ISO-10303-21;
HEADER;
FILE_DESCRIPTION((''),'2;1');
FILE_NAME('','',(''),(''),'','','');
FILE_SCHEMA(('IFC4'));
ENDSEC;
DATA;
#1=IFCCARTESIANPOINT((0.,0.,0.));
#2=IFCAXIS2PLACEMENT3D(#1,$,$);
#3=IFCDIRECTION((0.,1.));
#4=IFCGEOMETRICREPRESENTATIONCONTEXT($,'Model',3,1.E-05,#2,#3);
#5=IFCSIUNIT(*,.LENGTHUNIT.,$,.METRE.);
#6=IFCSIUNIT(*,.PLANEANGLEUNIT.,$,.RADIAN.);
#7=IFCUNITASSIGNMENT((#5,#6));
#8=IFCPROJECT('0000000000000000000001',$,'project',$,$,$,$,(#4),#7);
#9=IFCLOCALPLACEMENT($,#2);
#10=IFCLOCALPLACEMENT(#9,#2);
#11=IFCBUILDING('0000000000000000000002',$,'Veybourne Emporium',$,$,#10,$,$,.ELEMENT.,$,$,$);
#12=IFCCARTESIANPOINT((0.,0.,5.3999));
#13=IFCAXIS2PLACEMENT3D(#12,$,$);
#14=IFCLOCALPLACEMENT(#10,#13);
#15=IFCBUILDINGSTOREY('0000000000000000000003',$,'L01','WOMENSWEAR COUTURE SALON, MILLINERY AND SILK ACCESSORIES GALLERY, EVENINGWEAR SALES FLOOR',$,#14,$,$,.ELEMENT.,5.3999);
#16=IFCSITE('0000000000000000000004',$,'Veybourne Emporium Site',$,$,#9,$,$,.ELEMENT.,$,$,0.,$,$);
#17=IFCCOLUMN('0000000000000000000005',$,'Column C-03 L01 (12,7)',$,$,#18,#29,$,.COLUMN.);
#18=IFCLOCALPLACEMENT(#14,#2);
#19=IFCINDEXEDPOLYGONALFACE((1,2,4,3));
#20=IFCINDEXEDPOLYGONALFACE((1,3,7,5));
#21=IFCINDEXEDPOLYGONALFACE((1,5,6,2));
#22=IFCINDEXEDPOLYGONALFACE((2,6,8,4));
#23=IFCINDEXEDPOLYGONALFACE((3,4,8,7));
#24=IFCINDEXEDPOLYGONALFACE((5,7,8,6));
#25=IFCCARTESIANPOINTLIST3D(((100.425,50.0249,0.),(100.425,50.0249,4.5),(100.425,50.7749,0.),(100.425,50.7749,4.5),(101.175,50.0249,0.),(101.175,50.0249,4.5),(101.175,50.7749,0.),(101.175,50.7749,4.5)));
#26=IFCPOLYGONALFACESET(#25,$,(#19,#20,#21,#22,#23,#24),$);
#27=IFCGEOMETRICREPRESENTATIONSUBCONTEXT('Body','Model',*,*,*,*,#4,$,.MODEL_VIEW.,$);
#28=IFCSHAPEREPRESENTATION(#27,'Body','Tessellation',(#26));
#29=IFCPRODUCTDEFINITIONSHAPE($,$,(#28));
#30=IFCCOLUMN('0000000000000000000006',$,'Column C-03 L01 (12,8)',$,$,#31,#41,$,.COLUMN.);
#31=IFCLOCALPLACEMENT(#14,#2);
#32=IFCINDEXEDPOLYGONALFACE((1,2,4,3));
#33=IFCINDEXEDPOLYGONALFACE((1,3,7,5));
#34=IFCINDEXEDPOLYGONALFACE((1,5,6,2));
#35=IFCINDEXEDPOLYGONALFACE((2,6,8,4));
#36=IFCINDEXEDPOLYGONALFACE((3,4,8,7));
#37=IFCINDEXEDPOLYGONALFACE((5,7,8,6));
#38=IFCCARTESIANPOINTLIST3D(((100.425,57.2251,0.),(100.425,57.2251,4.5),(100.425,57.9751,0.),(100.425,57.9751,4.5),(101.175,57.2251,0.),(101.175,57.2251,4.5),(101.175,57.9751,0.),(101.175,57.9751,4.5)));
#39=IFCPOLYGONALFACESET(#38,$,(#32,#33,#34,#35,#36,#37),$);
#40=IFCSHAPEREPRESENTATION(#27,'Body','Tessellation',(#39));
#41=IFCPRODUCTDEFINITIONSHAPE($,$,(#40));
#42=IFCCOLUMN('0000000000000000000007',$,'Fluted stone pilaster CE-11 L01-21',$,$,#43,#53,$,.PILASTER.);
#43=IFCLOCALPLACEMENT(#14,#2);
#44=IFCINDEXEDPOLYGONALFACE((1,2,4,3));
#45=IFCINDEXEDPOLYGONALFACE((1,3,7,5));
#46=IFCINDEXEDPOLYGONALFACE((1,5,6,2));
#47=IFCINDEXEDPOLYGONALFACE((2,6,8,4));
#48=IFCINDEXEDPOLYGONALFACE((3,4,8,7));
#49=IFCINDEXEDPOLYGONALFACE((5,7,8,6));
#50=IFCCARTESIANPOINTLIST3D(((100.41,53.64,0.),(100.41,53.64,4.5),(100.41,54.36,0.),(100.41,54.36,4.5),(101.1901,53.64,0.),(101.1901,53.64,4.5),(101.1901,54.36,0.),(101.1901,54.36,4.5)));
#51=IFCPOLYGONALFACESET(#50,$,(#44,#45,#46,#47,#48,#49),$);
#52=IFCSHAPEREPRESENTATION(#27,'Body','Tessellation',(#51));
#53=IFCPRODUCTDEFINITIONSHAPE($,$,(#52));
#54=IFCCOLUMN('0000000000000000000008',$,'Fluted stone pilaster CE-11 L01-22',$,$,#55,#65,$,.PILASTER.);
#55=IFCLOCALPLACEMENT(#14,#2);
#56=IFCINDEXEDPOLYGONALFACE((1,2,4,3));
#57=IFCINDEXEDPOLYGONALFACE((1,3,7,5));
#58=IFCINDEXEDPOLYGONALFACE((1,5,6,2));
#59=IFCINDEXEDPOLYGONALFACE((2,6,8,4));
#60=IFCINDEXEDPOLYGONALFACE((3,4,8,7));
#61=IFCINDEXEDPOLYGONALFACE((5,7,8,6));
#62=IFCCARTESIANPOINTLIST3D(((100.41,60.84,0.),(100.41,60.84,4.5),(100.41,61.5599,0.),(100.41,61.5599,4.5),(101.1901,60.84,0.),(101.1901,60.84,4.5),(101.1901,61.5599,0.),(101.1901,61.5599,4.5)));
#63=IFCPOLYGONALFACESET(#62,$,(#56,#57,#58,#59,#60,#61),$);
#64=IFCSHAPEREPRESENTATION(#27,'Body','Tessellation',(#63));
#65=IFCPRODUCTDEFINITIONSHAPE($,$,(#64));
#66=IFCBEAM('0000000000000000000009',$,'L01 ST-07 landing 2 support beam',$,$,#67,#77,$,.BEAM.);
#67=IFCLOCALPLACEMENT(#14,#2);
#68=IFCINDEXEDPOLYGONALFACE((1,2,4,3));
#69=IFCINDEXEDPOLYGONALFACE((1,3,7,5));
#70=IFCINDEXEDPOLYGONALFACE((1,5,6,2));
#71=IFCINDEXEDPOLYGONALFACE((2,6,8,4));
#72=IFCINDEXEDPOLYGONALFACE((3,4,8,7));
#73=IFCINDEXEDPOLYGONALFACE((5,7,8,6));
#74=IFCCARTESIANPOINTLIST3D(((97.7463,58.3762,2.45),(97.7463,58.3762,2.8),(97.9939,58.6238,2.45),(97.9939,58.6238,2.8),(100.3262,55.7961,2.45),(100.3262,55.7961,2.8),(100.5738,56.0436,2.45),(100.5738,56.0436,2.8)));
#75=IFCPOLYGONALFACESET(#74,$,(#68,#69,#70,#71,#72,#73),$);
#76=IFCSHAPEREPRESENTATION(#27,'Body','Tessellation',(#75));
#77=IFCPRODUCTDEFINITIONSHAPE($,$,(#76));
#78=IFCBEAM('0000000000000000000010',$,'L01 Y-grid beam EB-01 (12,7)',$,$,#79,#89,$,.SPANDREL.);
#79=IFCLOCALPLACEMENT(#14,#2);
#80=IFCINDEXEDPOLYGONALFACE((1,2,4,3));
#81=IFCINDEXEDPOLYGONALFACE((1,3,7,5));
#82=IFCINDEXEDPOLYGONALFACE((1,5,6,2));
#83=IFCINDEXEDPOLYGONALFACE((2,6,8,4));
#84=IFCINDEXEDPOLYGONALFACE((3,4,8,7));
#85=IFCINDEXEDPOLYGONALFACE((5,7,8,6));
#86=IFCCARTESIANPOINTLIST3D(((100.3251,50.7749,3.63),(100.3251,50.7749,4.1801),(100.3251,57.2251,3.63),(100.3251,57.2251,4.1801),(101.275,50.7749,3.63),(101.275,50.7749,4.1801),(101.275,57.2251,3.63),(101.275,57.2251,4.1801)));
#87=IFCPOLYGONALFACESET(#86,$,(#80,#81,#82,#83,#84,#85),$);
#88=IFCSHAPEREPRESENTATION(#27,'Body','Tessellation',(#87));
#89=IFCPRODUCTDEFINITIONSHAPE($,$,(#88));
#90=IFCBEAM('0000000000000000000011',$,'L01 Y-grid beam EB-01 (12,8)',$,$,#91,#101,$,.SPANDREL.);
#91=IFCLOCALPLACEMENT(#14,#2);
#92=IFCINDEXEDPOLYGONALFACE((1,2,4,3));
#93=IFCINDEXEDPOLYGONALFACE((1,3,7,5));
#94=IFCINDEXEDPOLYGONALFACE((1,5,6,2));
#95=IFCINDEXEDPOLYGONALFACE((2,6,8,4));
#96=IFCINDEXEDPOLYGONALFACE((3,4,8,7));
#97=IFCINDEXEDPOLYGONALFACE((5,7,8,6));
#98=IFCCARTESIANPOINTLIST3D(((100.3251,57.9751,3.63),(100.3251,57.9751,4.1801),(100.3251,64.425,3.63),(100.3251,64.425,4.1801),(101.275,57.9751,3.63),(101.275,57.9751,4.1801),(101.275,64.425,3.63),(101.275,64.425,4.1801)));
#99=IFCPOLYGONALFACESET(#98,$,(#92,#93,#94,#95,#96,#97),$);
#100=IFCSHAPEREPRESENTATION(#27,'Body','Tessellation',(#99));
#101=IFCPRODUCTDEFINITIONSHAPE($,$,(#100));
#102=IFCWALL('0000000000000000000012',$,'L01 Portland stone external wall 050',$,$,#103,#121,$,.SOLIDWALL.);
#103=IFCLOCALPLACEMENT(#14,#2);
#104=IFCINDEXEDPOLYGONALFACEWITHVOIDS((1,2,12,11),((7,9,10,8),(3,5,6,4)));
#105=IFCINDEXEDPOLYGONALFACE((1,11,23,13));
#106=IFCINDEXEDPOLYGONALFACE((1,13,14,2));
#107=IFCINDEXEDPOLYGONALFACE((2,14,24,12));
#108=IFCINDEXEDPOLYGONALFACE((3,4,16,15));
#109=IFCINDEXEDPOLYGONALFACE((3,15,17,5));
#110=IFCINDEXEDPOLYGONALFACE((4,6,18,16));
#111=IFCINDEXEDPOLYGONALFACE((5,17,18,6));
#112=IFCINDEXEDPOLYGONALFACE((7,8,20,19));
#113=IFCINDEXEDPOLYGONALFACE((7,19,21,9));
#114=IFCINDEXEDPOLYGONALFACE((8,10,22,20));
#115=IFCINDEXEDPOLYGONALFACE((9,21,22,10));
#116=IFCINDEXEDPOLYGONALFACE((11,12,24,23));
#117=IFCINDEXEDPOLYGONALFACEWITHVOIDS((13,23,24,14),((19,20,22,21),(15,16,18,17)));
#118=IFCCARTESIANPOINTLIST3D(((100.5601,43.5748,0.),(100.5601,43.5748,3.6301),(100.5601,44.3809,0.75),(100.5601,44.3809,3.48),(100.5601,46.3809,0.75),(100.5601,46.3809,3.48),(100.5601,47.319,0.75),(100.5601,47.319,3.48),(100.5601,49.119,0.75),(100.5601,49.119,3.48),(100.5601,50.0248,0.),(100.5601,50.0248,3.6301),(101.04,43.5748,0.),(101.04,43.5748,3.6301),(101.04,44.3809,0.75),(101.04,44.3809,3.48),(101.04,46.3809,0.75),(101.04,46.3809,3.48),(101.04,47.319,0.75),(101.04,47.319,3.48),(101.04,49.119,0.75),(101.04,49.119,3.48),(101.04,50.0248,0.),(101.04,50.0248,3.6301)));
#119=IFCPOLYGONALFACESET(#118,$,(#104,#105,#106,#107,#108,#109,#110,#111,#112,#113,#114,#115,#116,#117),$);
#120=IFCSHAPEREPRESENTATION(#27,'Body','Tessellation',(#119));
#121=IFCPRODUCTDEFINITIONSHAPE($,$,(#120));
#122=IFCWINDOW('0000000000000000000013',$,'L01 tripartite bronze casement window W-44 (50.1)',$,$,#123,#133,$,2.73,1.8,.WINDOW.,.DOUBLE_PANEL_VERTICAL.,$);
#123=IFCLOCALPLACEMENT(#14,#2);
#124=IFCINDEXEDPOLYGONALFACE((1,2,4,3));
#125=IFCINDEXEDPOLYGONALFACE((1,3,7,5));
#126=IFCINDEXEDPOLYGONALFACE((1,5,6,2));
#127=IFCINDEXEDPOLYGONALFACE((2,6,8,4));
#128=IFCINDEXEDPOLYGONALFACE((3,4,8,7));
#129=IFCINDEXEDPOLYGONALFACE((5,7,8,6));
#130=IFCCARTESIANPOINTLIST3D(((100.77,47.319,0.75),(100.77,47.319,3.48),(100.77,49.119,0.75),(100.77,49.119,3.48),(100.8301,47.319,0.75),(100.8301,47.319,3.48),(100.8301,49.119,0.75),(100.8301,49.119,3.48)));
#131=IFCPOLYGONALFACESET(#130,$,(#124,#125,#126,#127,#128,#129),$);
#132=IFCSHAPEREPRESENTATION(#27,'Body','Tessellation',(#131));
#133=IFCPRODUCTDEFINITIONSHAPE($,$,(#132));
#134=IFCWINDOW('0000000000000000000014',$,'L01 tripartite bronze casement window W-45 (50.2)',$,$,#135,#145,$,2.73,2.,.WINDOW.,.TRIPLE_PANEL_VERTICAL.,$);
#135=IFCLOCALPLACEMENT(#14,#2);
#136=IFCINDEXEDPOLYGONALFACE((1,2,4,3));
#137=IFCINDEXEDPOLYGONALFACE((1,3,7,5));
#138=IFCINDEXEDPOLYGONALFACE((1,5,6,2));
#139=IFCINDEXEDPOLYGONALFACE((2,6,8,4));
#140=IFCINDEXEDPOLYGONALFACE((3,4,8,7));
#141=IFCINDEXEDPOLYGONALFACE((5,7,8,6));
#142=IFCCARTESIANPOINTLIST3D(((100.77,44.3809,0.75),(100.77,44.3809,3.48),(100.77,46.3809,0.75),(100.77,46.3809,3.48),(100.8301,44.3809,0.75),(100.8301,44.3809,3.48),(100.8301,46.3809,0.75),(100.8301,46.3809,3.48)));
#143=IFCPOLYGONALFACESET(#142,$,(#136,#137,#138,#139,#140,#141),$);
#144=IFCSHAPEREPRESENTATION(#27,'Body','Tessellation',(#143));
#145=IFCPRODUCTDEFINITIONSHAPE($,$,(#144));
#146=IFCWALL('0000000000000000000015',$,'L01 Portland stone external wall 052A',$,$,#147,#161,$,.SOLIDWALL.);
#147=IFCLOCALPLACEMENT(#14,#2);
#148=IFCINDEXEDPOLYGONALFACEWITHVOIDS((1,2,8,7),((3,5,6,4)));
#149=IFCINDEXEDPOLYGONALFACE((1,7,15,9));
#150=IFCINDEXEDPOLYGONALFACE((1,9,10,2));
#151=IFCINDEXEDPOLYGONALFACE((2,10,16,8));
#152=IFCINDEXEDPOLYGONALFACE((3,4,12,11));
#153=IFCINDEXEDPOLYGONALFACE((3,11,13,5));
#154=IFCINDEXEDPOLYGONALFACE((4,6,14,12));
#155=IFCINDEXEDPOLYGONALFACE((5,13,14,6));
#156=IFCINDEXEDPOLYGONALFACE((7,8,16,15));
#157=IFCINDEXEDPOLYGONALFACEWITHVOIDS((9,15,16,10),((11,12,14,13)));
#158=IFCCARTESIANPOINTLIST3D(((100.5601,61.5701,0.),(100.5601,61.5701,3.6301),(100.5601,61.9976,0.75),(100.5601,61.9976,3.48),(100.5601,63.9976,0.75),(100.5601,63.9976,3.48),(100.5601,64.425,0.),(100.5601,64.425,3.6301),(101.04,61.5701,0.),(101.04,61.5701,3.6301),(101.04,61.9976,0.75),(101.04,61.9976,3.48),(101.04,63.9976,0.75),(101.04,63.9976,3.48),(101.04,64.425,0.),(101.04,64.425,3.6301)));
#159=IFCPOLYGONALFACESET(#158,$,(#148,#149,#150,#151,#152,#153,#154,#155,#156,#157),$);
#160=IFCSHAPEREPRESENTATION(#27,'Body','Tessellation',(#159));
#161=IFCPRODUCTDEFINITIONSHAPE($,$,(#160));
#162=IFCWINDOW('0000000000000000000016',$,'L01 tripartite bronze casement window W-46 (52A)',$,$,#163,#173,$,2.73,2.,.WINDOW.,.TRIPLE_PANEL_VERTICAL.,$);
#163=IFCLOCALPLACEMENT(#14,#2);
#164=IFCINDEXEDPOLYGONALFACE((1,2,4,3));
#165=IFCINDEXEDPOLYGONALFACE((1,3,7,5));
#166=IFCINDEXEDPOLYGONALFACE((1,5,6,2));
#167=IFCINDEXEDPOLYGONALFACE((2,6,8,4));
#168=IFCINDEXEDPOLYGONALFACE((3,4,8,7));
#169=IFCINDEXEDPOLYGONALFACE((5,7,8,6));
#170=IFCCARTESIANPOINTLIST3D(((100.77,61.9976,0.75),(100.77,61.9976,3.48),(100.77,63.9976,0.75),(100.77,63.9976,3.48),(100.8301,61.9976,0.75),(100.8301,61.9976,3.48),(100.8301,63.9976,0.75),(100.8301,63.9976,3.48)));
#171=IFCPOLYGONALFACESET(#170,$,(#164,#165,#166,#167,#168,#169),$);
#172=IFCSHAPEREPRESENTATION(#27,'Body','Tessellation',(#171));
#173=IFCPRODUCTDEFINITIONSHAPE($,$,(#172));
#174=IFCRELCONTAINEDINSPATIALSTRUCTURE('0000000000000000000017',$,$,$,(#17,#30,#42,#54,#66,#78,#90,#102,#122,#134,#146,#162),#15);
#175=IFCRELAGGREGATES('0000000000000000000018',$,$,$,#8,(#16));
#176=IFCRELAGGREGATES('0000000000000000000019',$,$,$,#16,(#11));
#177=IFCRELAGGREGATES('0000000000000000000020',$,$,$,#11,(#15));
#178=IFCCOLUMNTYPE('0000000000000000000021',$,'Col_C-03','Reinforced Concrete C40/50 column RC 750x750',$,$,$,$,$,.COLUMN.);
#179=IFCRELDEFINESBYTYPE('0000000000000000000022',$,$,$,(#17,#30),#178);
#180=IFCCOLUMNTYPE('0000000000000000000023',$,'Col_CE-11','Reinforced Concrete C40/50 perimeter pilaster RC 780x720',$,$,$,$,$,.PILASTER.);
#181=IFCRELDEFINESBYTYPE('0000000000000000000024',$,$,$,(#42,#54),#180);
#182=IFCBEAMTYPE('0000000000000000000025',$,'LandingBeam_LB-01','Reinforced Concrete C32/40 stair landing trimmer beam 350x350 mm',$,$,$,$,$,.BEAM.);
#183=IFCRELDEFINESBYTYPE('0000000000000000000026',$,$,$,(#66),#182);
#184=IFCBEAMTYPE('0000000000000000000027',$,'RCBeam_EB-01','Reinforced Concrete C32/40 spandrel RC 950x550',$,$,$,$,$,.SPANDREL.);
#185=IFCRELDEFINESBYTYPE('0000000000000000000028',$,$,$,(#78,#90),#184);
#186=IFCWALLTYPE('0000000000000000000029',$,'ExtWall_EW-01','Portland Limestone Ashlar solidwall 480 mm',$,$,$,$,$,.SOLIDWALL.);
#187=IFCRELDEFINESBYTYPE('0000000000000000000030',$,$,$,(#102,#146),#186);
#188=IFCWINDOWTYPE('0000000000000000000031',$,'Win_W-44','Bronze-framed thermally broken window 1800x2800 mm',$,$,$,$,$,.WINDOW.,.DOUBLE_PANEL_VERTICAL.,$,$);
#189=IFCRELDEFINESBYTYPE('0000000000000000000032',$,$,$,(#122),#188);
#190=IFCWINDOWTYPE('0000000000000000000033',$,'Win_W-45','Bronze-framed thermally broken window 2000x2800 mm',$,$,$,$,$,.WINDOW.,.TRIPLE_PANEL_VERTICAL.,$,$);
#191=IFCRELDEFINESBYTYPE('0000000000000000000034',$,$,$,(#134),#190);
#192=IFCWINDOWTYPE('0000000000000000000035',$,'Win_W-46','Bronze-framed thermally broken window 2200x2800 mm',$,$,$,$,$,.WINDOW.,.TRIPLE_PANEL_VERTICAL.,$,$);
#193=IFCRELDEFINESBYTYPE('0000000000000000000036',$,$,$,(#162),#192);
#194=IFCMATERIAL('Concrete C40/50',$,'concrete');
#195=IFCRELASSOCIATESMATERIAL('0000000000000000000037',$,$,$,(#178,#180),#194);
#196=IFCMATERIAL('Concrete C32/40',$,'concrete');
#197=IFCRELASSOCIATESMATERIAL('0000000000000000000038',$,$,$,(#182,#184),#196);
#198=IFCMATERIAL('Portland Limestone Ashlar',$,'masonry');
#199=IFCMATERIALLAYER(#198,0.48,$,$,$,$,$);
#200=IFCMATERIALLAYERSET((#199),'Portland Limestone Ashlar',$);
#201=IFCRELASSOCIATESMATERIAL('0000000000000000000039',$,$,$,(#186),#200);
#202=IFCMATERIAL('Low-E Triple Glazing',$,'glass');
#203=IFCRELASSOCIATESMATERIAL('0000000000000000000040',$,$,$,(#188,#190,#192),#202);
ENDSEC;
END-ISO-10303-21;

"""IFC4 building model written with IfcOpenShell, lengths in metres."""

from ifc_helpers import new_model, si_unit, direction, frame, frame_2d, origin, origin_2d, place, context, subcontext, project, spatial, rectangle, extrude, material, layer, layer_set, material_profile, profile_set, type_object, element, fill, save


model = new_model("IFC4")

# Units and contexts
model_context = context("Model", 3, precision=1e-05, world=origin(), true_north=direction((0.0, 1.0)))
body_context = subcontext(model_context, "Body", "Model", "MODEL_VIEW")
ifc_project = project(units=[si_unit("LENGTHUNIT", "METRE"), si_unit("PLANEANGLEUNIT", "RADIAN")], contexts=[model_context])

# Site, building, storey
site_placement = place(None, origin())
site = spatial("IfcSite", under=ifc_project, at=site_placement, Name="Veybourne Emporium Site", CompositionType="ELEMENT", RefElevation=0.0)
building_placement = place(site_placement, origin())
building = spatial("IfcBuilding", under=site, at=building_placement, Name="Veybourne Emporium", CompositionType="ELEMENT")
storey_placement = place(building_placement, frame((0.0, 0.0, 5.3999)))
storey = spatial("IfcBuildingStorey", under=building, at=storey_placement, Name="L01", Description="WOMENSWEAR COUTURE SALON, MILLINERY AND SILK ACCESSORIES GALLERY, EVENINGWEAR SALES FLOOR", CompositionType="ELEMENT", Elevation=5.3999)

# Columns
ifc_material_1 = material(Name="Concrete C40/50", Category="concrete")
ifc_material_profile_1 = material_profile(ifc_material_1, rectangle(XDim=0.75, YDim=0.75, at=origin_2d()), Name="RC 750x750")
ifc_profile_set_1 = profile_set([ifc_material_profile_1], Name="Concrete C40/50")
column_type_1 = type_object("IfcColumnType", Name="Col_C-03", Description="Reinforced Concrete C40/50 column RC 750x750", PredefinedType="COLUMN", material=ifc_profile_set_1)
for number, where, z_axis, x_axis, name in (
    (1, (100.8, 50.3999, 0.0), (0.0, 0.0, 1.0), (1.0, 0.0, 0.0), "Column C-03 L01 (12,7)"),
    (2, (100.8, 57.6001, 0.0), (0.0, 0.0, 1.0), (1.0, 0.0, 0.0), "Column C-03 L01 (12,8)"),
):
    element("IfcColumn", number, at=place(storey_placement, frame(where, z_axis=z_axis, x_axis=x_axis)), inside=storey, type_object=column_type_1, Name=name, PredefinedType="COLUMN", context=body_context, shape_type="SweptSolid", body=[
        extrude(rectangle(XDim=0.75, YDim=0.75, at=origin_2d()), origin(), (0.0, 0.0, 1.0), 4.5),
    ])
ifc_material_profile_2 = material_profile(ifc_material_1, rectangle(XDim=0.78, YDim=0.72, at=origin_2d()), Name="RC 780x720")
ifc_profile_set_2 = profile_set([ifc_material_profile_2], Name="Concrete C40/50")
column_type_2 = type_object("IfcColumnType", Name="Col_CE-11", Description="Reinforced Concrete C40/50 perimeter pilaster RC 780x720", PredefinedType="PILASTER", material=ifc_profile_set_2)
for number, where, z_axis, x_axis, name in (
    (3, (100.8, 54.0, 0.0), (0.0, 0.0, 1.0), (1.0, 0.0, 0.0), "Fluted stone pilaster CE-11 L01-21"),
    (4, (100.8, 61.2, 0.0), (0.0, 0.0, 1.0), (1.0, 0.0, 0.0), "Fluted stone pilaster CE-11 L01-22"),
):
    element("IfcColumn", number, at=place(storey_placement, frame(where, z_axis=z_axis, x_axis=x_axis)), inside=storey, type_object=column_type_2, Name=name, PredefinedType="PILASTER", context=body_context, shape_type="SweptSolid", body=[
        extrude(rectangle(XDim=0.78, YDim=0.72, at=origin_2d()), origin(), (0.0, 0.0, 1.0), 4.5),
    ])

# Beams
ifc_material_2 = material(Name="Concrete C32/40", Category="concrete")
ifc_material_profile_3 = material_profile(ifc_material_2, rectangle(XDim=0.3501, YDim=0.3501, at=origin_2d()), Name="RC 350x350")
ifc_profile_set_3 = profile_set([ifc_material_profile_3], Name="Concrete C32/40")
beam_type_1 = type_object("IfcBeamType", Name="LandingBeam_LB-01", Description="Reinforced Concrete C32/40 stair landing trimmer beam 350x350 mm", PredefinedType="BEAM", material=ifc_profile_set_3)
beam_1_placement = place(storey_placement, frame((97.8701, 58.5, 2.625), z_axis=(0.707073, -0.70714, 0.0), x_axis=(0.70714, 0.707073, 0.0)))
element("IfcBeam", 5, at=beam_1_placement, inside=storey, type_object=beam_type_1, Name="L01 ST-07 landing 2 support beam", PredefinedType="BEAM", context=body_context, shape_type="SweptSolid", body=[
    extrude(rectangle(XDim=0.3501, YDim=0.3501, at=origin_2d()), origin(), (0.0, 0.0, 1.0), 3.6487),
])
ifc_material_profile_4 = material_profile(ifc_material_2, rectangle(XDim=0.95, YDim=0.55, at=origin_2d()), Name="RC 950x550")
ifc_profile_set_4 = profile_set([ifc_material_profile_4], Name="Concrete C32/40")
beam_type_2 = type_object("IfcBeamType", Name="RCBeam_EB-01", Description="Reinforced Concrete C32/40 spandrel RC 950x550", PredefinedType="SPANDREL", material=ifc_profile_set_4)
beam_2_placement = place(storey_placement, frame((100.8, 50.7749, 3.905), z_axis=(0.0, 1.0, 0.0), x_axis=(-1.0, 0.0, 0.0)))
element("IfcBeam", 6, at=beam_2_placement, inside=storey, type_object=beam_type_2, Name="L01 Y-grid beam EB-01 (12,7)", PredefinedType="SPANDREL", context=body_context, shape_type="SweptSolid", body=[
    extrude(rectangle(XDim=0.95, YDim=0.55, at=origin_2d()), origin(), (0.0, 0.0, 1.0), 6.4502),
])
beam_3_placement = place(storey_placement, frame((100.8, 57.9751, 3.905), z_axis=(0.0, 1.0, 0.0), x_axis=(-1.0, 0.0, 0.0)))
element("IfcBeam", 7, at=beam_3_placement, inside=storey, type_object=beam_type_2, Name="L01 Y-grid beam EB-01 (12,8)", PredefinedType="SPANDREL", context=body_context, shape_type="SweptSolid", body=[
    extrude(rectangle(XDim=0.95, YDim=0.55, at=origin_2d()), origin(), (0.0, 0.0, 1.0), 6.45),
])

# Wall, openings, windows
ifc_material_3 = material(Name="Portland Limestone Ashlar", Category="masonry")
ifc_layer_1 = layer(ifc_material_3, 0.48)
ifc_layer_set_1 = layer_set([ifc_layer_1], Name="Portland Limestone Ashlar")
wall_type_1 = type_object("IfcWallType", Name="ExtWall_EW-01", Description="Portland Limestone Ashlar solidwall 480 mm", PredefinedType="SOLIDWALL", material=ifc_layer_set_1)
wall_1_placement = place(storey_placement, frame((100.8, 50.0249, 0.0), z_axis=(0.0, 0.0, 1.0), x_axis=(0.0, -1.0, 0.0)))
wall_1 = element("IfcWall", 8, at=wall_1_placement, inside=storey, type_object=wall_type_1, Name="L01 Portland stone external wall 050", PredefinedType="SOLIDWALL", context=body_context, shape_type="SweptSolid", body=[
    extrude(rectangle(XDim=6.45, YDim=0.48, at=frame_2d((3.2251, 0.0))), origin(), (0.0, 0.0, 1.0), 3.6301),
])
opening_1_placement = place(wall_1_placement, frame((0.906, 0.0, 0.75)))
opening_1 = element("IfcOpeningElement", 9, at=opening_1_placement, cuts=wall_1, PredefinedType="OPENING", context=body_context, shape_type="SweptSolid", body=[
    extrude(rectangle(XDim=1.8, YDim=2.73, at=frame_2d((0.8999, 1.365))), frame((0.0, 0.26, 0.0), z_axis=(0.0, -1.0, 0.0), x_axis=(1.0, 0.0, 0.0)), (0.0, 0.0, 1.0), 0.52),
])
opening_2_placement = place(wall_1_placement, frame((3.644, 0.0, 0.75)))
opening_2 = element("IfcOpeningElement", 10, at=opening_2_placement, cuts=wall_1, PredefinedType="OPENING", context=body_context, shape_type="SweptSolid", body=[
    extrude(rectangle(XDim=2.0, YDim=2.73, at=frame_2d((1.0, 1.365))), frame((0.0, 0.26, 0.0), z_axis=(0.0, -1.0, 0.0), x_axis=(1.0, 0.0, 0.0)), (0.0, 0.0, 1.0), 0.52),
])
ifc_material_4 = material(Name="Low-E Triple Glazing", Category="glass")
window_type_1 = type_object("IfcWindowType", Name="Win_W-44", Description="Bronze-framed thermally broken window 1800x2800 mm", PartitioningType="DOUBLE_PANEL_VERTICAL", PredefinedType="WINDOW", material=ifc_material_4)
window_1_placement = place(opening_1_placement, origin())
window_1 = element("IfcWindow", 11, at=window_1_placement, inside=storey, type_object=window_type_1, Name="L01 tripartite bronze casement window W-44 (50.1)", OverallHeight=2.73, OverallWidth=1.8, PartitioningType="DOUBLE_PANEL_VERTICAL", PredefinedType="WINDOW", context=body_context, shape_type="SweptSolid", body=[
    extrude(rectangle(XDim=1.8, YDim=2.73, at=frame_2d((0.8999, 1.365))), frame((0.0, 0.03, 0.0), z_axis=(0.0, -1.0, 0.0), x_axis=(1.0, 0.0, 0.0)), (0.0, 0.0, 1.0), 0.0601),
])
fill(opening_1, window_1)
window_type_2 = type_object("IfcWindowType", Name="Win_W-45", Description="Bronze-framed thermally broken window 2000x2800 mm", PartitioningType="TRIPLE_PANEL_VERTICAL", PredefinedType="WINDOW", material=ifc_material_4)
window_2_placement = place(opening_2_placement, origin())
window_2 = element("IfcWindow", 12, at=window_2_placement, inside=storey, type_object=window_type_2, Name="L01 tripartite bronze casement window W-45 (50.2)", OverallHeight=2.73, OverallWidth=2.0, PartitioningType="TRIPLE_PANEL_VERTICAL", PredefinedType="WINDOW", context=body_context, shape_type="SweptSolid", body=[
    extrude(rectangle(XDim=2.0, YDim=2.73, at=frame_2d((1.0, 1.365))), frame((0.0, 0.03, 0.0), z_axis=(0.0, -1.0, 0.0), x_axis=(1.0, 0.0, 0.0)), (0.0, 0.0, 1.0), 0.0601),
])
fill(opening_2, window_2)

# Wall, opening, window
wall_2_placement = place(storey_placement, frame((100.8, 64.425, 0.0), z_axis=(0.0, 0.0, 1.0), x_axis=(0.0, -1.0, 0.0)))
wall_2 = element("IfcWall", 13, at=wall_2_placement, inside=storey, type_object=wall_type_1, Name="L01 Portland stone external wall 052A", PredefinedType="SOLIDWALL", context=body_context, shape_type="SweptSolid", body=[
    extrude(rectangle(XDim=2.855, YDim=0.48, at=frame_2d((1.4275, 0.0))), origin(), (0.0, 0.0, 1.0), 3.6301),
])
opening_3_placement = place(wall_2_placement, frame((0.4275, 0.0, 0.75)))
opening_3 = element("IfcOpeningElement", 14, at=opening_3_placement, cuts=wall_2, PredefinedType="OPENING", context=body_context, shape_type="SweptSolid", body=[
    extrude(rectangle(XDim=2.0, YDim=2.73, at=frame_2d((1.0, 1.365))), frame((0.0, 0.26, 0.0), z_axis=(0.0, -1.0, 0.0), x_axis=(1.0, 0.0, 0.0)), (0.0, 0.0, 1.0), 0.52),
])
window_type_3 = type_object("IfcWindowType", Name="Win_W-46", Description="Bronze-framed thermally broken window 2200x2800 mm", PartitioningType="TRIPLE_PANEL_VERTICAL", PredefinedType="WINDOW", material=ifc_material_4)
window_3_placement = place(opening_3_placement, origin())
window_3 = element("IfcWindow", 15, at=window_3_placement, inside=storey, type_object=window_type_3, Name="L01 tripartite bronze casement window W-46 (52A)", OverallHeight=2.73, OverallWidth=2.0, PartitioningType="TRIPLE_PANEL_VERTICAL", PredefinedType="WINDOW", context=body_context, shape_type="SweptSolid", body=[
    extrude(rectangle(XDim=2.0, YDim=2.73, at=frame_2d((1.0, 1.365))), frame((0.0, 0.03, 0.0), z_axis=(0.0, -1.0, 0.0), x_axis=(1.0, 0.0, 0.0)), (0.0, 0.0, 1.0), 0.0601),
])
fill(opening_3, window_3)

save(model, "model.ifc")
